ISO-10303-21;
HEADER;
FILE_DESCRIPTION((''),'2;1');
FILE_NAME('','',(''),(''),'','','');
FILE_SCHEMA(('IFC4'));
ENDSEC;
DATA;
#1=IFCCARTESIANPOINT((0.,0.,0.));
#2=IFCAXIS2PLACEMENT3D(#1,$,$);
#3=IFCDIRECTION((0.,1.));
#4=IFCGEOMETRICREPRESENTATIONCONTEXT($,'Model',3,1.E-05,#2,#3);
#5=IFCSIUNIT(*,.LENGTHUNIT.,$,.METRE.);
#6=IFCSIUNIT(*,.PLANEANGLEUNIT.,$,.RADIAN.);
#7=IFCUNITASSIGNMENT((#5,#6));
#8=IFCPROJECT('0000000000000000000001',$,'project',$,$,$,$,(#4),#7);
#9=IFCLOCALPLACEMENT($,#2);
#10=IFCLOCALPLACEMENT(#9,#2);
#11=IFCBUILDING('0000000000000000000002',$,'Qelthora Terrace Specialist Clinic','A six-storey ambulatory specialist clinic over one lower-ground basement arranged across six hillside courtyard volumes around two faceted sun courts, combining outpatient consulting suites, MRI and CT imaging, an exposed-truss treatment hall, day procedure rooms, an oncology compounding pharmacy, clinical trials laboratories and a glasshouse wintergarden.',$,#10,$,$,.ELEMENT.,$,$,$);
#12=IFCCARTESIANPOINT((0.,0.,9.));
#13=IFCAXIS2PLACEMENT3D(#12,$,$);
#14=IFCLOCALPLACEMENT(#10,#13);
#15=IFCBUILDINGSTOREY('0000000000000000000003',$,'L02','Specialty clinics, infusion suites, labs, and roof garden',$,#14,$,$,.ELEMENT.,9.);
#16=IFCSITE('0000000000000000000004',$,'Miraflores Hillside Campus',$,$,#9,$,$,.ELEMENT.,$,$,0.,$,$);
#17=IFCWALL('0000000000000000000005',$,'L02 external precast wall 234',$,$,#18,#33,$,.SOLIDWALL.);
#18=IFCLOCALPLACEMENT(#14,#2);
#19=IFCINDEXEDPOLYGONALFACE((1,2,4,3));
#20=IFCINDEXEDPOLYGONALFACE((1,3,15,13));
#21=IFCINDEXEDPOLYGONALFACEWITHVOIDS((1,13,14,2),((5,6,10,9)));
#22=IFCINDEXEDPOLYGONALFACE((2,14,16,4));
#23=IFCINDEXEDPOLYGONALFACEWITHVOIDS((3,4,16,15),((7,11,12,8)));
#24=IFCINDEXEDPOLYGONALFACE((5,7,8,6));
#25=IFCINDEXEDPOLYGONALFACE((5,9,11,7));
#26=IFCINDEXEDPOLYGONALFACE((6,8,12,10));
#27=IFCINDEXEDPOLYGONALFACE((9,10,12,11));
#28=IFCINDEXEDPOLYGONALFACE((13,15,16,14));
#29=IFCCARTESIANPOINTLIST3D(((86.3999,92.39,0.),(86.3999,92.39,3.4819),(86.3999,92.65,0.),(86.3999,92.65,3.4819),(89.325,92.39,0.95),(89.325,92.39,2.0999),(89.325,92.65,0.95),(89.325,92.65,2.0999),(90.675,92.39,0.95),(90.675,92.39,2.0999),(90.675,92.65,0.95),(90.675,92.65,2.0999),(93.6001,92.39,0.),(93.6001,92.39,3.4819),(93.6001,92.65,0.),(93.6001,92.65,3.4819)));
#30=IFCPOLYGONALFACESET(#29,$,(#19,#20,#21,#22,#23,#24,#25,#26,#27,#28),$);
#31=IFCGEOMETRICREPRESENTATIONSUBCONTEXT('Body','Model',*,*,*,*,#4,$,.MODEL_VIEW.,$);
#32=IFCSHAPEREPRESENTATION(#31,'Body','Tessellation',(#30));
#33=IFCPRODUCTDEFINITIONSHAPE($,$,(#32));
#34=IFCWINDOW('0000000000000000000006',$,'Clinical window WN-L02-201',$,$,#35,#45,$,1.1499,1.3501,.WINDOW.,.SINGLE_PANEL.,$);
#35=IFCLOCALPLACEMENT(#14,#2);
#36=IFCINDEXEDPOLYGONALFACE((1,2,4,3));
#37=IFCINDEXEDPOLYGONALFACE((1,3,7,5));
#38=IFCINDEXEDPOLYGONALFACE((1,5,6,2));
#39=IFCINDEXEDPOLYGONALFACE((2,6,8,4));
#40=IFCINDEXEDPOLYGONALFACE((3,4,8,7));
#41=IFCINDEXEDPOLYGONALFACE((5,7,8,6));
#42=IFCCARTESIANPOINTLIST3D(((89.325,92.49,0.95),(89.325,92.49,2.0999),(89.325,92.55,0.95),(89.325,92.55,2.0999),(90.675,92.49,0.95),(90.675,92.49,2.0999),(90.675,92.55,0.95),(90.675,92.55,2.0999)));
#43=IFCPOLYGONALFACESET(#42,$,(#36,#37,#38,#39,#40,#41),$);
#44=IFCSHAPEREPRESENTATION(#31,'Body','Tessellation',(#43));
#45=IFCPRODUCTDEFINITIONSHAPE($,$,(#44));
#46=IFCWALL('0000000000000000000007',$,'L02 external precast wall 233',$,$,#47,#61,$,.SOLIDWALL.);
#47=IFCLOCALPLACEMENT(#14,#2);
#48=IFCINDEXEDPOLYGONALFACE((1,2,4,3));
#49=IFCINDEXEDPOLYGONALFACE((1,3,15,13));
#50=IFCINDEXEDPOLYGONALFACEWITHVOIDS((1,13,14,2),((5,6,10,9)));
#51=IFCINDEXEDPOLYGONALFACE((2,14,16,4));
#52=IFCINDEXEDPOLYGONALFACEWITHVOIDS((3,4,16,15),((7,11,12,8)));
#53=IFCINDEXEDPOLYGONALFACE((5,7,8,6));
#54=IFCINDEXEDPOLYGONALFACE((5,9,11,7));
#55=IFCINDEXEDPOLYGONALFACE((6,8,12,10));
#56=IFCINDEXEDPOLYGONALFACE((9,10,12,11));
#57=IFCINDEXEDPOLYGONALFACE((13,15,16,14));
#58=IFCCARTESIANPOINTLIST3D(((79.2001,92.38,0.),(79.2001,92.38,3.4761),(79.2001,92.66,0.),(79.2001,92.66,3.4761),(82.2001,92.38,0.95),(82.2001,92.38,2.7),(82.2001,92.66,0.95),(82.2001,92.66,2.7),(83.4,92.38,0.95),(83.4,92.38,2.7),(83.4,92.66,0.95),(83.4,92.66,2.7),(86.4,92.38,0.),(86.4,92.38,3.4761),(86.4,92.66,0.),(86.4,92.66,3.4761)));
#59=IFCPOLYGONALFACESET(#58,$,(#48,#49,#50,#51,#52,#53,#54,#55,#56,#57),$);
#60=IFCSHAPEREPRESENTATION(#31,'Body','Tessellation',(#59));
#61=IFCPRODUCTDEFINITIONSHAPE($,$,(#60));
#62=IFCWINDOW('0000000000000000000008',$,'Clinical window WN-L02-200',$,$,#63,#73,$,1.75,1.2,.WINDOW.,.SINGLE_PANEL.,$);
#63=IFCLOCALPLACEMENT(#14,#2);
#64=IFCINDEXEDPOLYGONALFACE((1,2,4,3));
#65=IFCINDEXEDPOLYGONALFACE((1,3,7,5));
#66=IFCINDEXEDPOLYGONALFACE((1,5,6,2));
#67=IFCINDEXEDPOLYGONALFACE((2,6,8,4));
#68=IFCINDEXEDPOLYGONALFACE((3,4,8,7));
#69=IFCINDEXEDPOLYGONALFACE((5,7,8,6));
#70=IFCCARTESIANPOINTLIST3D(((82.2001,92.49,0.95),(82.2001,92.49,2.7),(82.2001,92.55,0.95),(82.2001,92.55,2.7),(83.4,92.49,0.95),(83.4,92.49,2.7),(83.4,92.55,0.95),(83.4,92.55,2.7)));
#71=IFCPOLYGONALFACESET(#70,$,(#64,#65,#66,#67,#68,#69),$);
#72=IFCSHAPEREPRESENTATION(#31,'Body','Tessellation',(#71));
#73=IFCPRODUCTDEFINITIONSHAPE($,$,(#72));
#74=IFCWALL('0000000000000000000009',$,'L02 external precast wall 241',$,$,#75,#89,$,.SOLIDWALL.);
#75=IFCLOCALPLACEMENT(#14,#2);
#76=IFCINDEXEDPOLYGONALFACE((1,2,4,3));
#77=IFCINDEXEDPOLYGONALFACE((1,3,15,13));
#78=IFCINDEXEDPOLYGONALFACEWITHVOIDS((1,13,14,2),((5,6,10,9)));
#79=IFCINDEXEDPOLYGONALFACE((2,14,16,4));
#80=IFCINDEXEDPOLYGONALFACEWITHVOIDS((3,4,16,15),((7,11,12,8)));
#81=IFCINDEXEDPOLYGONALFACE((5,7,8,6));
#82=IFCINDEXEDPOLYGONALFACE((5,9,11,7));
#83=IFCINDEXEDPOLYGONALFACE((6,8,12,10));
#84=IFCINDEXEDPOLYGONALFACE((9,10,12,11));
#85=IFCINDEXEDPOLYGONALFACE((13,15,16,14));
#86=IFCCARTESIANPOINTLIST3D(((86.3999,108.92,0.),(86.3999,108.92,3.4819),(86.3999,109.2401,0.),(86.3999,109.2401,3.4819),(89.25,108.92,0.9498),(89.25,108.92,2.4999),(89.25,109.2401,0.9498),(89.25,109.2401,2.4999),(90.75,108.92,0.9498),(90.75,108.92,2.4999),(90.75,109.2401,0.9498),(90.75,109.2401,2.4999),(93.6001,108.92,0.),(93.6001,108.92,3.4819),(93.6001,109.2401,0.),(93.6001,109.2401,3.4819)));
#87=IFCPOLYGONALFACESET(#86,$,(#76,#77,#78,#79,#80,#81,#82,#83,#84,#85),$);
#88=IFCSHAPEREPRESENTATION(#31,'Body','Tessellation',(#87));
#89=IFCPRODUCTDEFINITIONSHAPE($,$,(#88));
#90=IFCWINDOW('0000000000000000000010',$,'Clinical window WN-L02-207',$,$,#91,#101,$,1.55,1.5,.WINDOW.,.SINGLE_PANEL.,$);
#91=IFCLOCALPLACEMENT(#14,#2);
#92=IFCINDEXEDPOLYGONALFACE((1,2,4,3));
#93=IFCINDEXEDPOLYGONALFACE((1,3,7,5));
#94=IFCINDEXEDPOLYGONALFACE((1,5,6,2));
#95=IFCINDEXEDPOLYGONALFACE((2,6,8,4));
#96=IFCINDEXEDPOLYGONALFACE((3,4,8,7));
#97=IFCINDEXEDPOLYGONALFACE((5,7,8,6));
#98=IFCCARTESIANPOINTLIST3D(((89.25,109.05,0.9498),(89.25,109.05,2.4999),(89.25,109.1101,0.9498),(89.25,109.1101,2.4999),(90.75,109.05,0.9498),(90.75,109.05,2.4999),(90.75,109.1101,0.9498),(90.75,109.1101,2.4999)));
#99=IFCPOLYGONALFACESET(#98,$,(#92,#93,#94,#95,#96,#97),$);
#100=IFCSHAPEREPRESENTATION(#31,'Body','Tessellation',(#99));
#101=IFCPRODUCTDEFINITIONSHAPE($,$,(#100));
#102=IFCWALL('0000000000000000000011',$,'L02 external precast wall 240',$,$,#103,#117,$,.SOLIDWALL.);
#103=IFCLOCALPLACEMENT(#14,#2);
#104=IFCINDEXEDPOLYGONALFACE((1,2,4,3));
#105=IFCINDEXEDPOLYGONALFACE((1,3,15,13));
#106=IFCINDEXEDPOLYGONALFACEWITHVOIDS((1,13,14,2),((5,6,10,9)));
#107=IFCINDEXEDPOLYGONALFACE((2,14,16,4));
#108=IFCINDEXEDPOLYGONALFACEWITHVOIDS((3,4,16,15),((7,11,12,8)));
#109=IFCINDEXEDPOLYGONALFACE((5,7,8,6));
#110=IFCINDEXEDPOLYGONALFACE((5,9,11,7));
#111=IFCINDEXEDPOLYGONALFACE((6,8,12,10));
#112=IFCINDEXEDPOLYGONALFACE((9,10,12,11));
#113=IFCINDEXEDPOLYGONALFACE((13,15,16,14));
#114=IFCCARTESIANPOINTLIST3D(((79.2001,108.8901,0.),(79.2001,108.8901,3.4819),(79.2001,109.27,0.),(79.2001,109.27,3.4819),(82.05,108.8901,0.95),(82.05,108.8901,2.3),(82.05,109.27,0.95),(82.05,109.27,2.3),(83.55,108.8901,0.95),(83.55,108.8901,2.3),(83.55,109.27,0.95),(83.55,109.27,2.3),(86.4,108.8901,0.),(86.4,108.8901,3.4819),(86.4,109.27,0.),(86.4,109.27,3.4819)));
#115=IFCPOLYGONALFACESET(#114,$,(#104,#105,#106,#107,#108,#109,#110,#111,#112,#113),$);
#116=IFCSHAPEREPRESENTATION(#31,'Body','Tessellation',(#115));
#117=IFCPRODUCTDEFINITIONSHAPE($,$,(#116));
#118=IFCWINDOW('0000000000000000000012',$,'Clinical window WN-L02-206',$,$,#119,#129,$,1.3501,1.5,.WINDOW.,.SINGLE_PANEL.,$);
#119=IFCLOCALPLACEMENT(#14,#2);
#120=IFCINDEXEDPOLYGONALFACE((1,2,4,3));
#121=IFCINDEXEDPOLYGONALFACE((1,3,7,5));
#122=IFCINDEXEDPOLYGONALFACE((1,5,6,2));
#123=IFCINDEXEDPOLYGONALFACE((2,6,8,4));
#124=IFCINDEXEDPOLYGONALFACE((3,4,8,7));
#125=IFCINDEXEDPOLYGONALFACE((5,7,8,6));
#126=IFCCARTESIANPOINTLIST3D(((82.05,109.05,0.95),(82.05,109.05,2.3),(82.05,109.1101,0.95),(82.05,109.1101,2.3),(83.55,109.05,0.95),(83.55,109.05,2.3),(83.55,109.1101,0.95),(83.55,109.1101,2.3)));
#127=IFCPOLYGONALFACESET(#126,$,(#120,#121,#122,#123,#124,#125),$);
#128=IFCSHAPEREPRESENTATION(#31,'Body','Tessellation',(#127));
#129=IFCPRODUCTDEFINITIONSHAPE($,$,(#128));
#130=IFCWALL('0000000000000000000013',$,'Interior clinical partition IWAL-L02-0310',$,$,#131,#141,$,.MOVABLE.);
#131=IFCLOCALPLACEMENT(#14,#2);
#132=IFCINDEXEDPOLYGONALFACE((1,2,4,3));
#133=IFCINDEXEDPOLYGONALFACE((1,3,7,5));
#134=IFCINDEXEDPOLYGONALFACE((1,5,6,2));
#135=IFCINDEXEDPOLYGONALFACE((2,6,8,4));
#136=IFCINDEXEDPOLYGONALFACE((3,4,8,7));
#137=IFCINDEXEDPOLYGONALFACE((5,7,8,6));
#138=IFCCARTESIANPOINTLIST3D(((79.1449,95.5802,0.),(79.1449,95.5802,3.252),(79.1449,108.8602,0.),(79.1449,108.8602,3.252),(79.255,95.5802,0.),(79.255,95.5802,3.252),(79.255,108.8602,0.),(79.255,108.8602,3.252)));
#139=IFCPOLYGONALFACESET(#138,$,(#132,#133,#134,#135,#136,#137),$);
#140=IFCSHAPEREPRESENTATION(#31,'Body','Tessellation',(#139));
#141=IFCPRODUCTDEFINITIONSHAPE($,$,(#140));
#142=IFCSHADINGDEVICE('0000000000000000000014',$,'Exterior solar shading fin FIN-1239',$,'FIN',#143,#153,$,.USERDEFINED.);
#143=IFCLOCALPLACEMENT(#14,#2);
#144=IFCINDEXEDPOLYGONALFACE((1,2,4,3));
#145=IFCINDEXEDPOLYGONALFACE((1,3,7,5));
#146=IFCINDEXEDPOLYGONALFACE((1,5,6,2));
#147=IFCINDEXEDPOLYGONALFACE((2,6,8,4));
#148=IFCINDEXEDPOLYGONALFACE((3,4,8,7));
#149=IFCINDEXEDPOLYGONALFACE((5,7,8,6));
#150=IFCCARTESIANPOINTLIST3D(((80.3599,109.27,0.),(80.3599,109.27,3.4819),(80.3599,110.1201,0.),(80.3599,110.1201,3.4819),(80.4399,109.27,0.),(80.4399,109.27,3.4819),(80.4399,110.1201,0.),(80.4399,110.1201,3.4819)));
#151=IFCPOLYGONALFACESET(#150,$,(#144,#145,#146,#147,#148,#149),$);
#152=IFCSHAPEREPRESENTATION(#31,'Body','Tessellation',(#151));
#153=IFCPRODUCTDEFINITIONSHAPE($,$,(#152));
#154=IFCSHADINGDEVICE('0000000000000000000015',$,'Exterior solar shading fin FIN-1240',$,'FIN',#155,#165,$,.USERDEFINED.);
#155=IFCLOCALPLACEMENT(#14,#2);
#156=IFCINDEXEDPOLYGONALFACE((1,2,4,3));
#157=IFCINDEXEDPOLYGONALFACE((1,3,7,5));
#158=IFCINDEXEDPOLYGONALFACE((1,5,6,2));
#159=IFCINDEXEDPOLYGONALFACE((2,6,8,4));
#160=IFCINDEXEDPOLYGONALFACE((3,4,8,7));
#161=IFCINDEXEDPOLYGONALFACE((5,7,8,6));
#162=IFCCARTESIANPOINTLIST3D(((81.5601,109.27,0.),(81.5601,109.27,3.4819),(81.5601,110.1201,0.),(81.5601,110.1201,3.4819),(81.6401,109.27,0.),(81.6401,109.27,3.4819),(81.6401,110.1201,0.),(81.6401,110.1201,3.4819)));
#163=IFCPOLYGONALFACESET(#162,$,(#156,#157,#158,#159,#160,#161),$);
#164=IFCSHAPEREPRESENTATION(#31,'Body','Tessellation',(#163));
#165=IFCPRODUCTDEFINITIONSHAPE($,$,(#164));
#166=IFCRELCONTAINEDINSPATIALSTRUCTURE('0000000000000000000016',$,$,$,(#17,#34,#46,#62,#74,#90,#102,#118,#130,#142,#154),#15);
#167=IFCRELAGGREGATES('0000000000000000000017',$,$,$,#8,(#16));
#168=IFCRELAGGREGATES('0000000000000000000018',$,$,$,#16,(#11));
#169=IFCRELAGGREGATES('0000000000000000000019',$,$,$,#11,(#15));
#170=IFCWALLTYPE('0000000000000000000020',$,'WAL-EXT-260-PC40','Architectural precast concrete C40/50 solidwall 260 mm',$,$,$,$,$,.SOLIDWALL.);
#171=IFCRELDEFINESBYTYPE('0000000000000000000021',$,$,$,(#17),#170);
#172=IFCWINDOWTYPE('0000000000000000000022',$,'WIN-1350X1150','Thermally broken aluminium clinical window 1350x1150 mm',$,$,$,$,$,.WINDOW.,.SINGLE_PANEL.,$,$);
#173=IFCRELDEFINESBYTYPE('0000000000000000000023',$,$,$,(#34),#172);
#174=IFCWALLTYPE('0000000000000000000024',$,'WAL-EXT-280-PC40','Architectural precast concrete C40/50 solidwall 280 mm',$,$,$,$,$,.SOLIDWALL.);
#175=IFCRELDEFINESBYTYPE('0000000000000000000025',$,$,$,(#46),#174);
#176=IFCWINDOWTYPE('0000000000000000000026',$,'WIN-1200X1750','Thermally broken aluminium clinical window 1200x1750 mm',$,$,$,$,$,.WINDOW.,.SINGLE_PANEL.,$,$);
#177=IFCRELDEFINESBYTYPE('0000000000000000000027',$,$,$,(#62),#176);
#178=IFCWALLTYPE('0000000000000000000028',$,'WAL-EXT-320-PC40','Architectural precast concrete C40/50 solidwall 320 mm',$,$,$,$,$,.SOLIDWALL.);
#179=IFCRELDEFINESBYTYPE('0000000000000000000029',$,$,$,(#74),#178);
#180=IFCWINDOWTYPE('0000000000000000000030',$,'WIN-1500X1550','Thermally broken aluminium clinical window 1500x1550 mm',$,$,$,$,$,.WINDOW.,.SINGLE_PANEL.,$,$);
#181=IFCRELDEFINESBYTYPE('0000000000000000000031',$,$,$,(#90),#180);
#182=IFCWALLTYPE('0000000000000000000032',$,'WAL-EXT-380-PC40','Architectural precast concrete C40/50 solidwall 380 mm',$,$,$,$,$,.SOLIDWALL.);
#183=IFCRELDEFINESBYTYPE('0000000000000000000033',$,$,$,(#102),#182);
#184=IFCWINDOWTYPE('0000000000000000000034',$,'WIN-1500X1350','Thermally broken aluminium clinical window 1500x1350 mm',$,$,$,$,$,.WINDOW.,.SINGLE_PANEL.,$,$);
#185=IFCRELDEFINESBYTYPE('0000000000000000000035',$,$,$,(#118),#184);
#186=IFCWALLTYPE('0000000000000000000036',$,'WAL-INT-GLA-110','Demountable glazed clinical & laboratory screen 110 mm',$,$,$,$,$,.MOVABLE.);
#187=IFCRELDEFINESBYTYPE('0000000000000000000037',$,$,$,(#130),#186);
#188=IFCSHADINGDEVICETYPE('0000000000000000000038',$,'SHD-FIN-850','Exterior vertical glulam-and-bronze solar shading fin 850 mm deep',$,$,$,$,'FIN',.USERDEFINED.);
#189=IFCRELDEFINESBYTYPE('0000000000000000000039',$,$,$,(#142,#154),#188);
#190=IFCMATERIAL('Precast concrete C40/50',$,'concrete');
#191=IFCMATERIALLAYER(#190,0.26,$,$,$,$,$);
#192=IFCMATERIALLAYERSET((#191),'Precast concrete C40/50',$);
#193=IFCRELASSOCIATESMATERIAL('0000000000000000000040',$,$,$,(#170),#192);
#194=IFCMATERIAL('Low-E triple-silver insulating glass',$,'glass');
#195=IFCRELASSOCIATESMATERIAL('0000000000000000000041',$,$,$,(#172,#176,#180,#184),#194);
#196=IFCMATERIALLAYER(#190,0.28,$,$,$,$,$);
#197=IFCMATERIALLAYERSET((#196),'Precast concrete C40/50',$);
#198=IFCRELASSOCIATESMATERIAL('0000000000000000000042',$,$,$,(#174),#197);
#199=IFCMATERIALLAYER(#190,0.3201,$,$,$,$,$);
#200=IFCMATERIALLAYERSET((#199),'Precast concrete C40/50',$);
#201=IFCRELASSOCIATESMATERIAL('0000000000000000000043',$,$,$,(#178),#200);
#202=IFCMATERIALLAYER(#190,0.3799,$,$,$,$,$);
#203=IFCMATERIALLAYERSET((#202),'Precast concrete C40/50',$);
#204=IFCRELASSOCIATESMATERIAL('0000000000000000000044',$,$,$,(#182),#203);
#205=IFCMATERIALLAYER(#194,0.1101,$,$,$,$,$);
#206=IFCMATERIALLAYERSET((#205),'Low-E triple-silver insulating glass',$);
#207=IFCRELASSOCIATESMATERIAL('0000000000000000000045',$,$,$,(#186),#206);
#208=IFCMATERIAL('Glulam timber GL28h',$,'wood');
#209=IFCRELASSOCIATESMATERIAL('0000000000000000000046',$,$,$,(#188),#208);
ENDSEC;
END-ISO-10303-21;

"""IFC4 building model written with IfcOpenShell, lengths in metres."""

from ifc_helpers import new_model, si_unit, direction, frame, frame_2d, origin, origin_2d, place, context, subcontext, project, spatial, rectangle, extrude, material, layer, layer_set, type_object, element, fill, save


model = new_model("IFC4")

# Units and contexts
model_context = context("Model", 3, precision=1e-05, world=origin(), true_north=direction((0.0, 1.0)))
body_context = subcontext(model_context, "Body", "Model", "MODEL_VIEW")
ifc_project = project(units=[si_unit("LENGTHUNIT", "METRE"), si_unit("PLANEANGLEUNIT", "RADIAN")], contexts=[model_context])

# Site, building, storey
site_placement = place(None, origin())
site = spatial("IfcSite", under=ifc_project, at=site_placement, Name="Miraflores Hillside Campus", CompositionType="ELEMENT", RefElevation=0.0)
building_placement = place(site_placement, origin())
building = spatial("IfcBuilding", under=site, at=building_placement, Name="Qelthora Terrace Specialist Clinic", Description="A six-storey ambulatory specialist clinic over one lower-ground basement arranged across six hillside courtyard volumes around two faceted sun courts, combining outpatient consulting suites, MRI and CT imaging, an exposed-truss treatment hall, day procedure rooms, an oncology compounding pharmacy, clinical trials laboratories and a glasshouse wintergarden.", CompositionType="ELEMENT")
storey_placement = place(building_placement, frame((0.0, 0.0, 9.0)))
storey = spatial("IfcBuildingStorey", under=building, at=storey_placement, Name="L02", Description="Specialty clinics, infusion suites, labs, and roof garden", CompositionType="ELEMENT", Elevation=9.0)

# Walls, openings, windows
ifc_material_1 = material(Name="Precast concrete C40/50", Category="concrete")
ifc_layer_1 = layer(ifc_material_1, 0.26)
ifc_layer_set_1 = layer_set([ifc_layer_1], Name="Precast concrete C40/50")
wall_type_1 = type_object("IfcWallType", Name="WAL-EXT-260-PC40", Description="Architectural precast concrete C40/50 solidwall 260 mm", PredefinedType="SOLIDWALL", material=ifc_layer_set_1)
wall_1_placement = place(storey_placement, frame((86.3999, 92.52, 0.0), z_axis=(0.0, 0.0, 1.0), x_axis=(1.0, 0.0, 0.0)))
wall_1 = element("IfcWall", 1, at=wall_1_placement, inside=storey, type_object=wall_type_1, Name="L02 external precast wall 234", PredefinedType="SOLIDWALL", context=body_context, shape_type="SweptSolid", body=[
    extrude(rectangle(XDim=7.2002, YDim=0.26, at=frame_2d((3.6001, 0.0))), origin(), (0.0, 0.0, 1.0), 3.4819),
])
opening_1_placement = place(wall_1_placement, frame((2.925, 0.0, 0.95)))
opening_1 = element("IfcOpeningElement", 2, at=opening_1_placement, cuts=wall_1, PredefinedType="OPENING", context=body_context, shape_type="SweptSolid", body=[
    extrude(rectangle(XDim=1.3501, YDim=1.1499, at=frame_2d((0.675, 0.575))), frame((0.0, 0.1399, 0.0), z_axis=(0.0, -1.0, 0.0), x_axis=(1.0, 0.0, 0.0)), (0.0, 0.0, 1.0), 0.28),
])
ifc_material_2 = material(Name="Low-E triple-silver insulating glass", Category="glass")
window_type_1 = type_object("IfcWindowType", Name="WIN-1350X1150", Description="Thermally broken aluminium clinical window 1350x1150 mm", PartitioningType="SINGLE_PANEL", PredefinedType="WINDOW", material=ifc_material_2)
window_1_placement = place(opening_1_placement, origin())
window_1 = element("IfcWindow", 3, at=window_1_placement, inside=storey, type_object=window_type_1, Name="Clinical window WN-L02-201", OverallHeight=1.1499, OverallWidth=1.3501, PartitioningType="SINGLE_PANEL", PredefinedType="WINDOW", context=body_context, shape_type="SweptSolid", body=[
    extrude(rectangle(XDim=1.3501, YDim=1.1499, at=frame_2d((0.675, 0.575))), frame((0.0, 0.03, 0.0), z_axis=(0.0, -1.0, 0.0), x_axis=(1.0, 0.0, 0.0)), (0.0, 0.0, 1.0), 0.0601),
])
fill(opening_1, window_1)
ifc_layer_2 = layer(ifc_material_1, 0.28)
ifc_layer_set_2 = layer_set([ifc_layer_2], Name="Precast concrete C40/50")
wall_type_2 = type_object("IfcWallType", Name="WAL-EXT-280-PC40", Description="Architectural precast concrete C40/50 solidwall 280 mm", PredefinedType="SOLIDWALL", material=ifc_layer_set_2)
wall_2_placement = place(storey_placement, frame((79.2, 92.52, 0.0), z_axis=(0.0, 0.0, 1.0), x_axis=(1.0, 0.0, 0.0)))
wall_2 = element("IfcWall", 4, at=wall_2_placement, inside=storey, type_object=wall_type_2, Name="L02 external precast wall 233", PredefinedType="SOLIDWALL", context=body_context, shape_type="SweptSolid", body=[
    extrude(rectangle(XDim=7.2, YDim=0.28, at=frame_2d((3.6001, 0.0))), origin(), (0.0, 0.0, 1.0), 3.4761),
])
opening_2_placement = place(wall_2_placement, frame((3.0, 0.0, 0.95)))
opening_2 = element("IfcOpeningElement", 5, at=opening_2_placement, cuts=wall_2, PredefinedType="OPENING", context=body_context, shape_type="SweptSolid", body=[
    extrude(rectangle(XDim=1.2, YDim=1.75, at=frame_2d((0.6001, 0.875))), frame((0.0, 0.1499, 0.0), z_axis=(0.0, -1.0, 0.0), x_axis=(1.0, 0.0, 0.0)), (0.0, 0.0, 1.0), 0.3),
])
window_type_2 = type_object("IfcWindowType", Name="WIN-1200X1750", Description="Thermally broken aluminium clinical window 1200x1750 mm", PartitioningType="SINGLE_PANEL", PredefinedType="WINDOW", material=ifc_material_2)
window_2_placement = place(opening_2_placement, origin())
window_2 = element("IfcWindow", 6, at=window_2_placement, inside=storey, type_object=window_type_2, Name="Clinical window WN-L02-200", OverallHeight=1.75, OverallWidth=1.2, PartitioningType="SINGLE_PANEL", PredefinedType="WINDOW", context=body_context, shape_type="SweptSolid", body=[
    extrude(rectangle(XDim=1.2, YDim=1.75, at=frame_2d((0.6001, 0.875))), frame((0.0, 0.03, 0.0), z_axis=(0.0, -1.0, 0.0), x_axis=(1.0, 0.0, 0.0)), (0.0, 0.0, 1.0), 0.0601),
])
fill(opening_2, window_2)
ifc_layer_3 = layer(ifc_material_1, 0.3201)
ifc_layer_set_3 = layer_set([ifc_layer_3], Name="Precast concrete C40/50")
wall_type_3 = type_object("IfcWallType", Name="WAL-EXT-320-PC40", Description="Architectural precast concrete C40/50 solidwall 320 mm", PredefinedType="SOLIDWALL", material=ifc_layer_set_3)
wall_3_placement = place(storey_placement, frame((86.3999, 109.0801, 0.0), z_axis=(0.0, 0.0, 1.0), x_axis=(1.0, 0.0, 0.0)))
wall_3 = element("IfcWall", 7, at=wall_3_placement, inside=storey, type_object=wall_type_3, Name="L02 external precast wall 241", PredefinedType="SOLIDWALL", context=body_context, shape_type="SweptSolid", body=[
    extrude(rectangle(XDim=7.2002, YDim=0.3201, at=frame_2d((3.6001, 0.0))), origin(), (0.0, 0.0, 1.0), 3.4819),
])
opening_3_placement = place(wall_3_placement, frame((2.8501, 0.0, 0.95)))
opening_3 = element("IfcOpeningElement", 8, at=opening_3_placement, cuts=wall_3, PredefinedType="OPENING", context=body_context, shape_type="SweptSolid", body=[
    extrude(rectangle(XDim=1.5, YDim=1.55, at=frame_2d((0.75, 0.7749))), frame((0.0, 0.1699, 0.0), z_axis=(0.0, -1.0, 0.0), x_axis=(1.0, 0.0, 0.0)), (0.0, 0.0, 1.0), 0.3401),
])
window_type_3 = type_object("IfcWindowType", Name="WIN-1500X1550", Description="Thermally broken aluminium clinical window 1500x1550 mm", PartitioningType="SINGLE_PANEL", PredefinedType="WINDOW", material=ifc_material_2)
window_3_placement = place(opening_3_placement, origin())
window_3 = element("IfcWindow", 9, at=window_3_placement, inside=storey, type_object=window_type_3, Name="Clinical window WN-L02-207", OverallHeight=1.55, OverallWidth=1.5, PartitioningType="SINGLE_PANEL", PredefinedType="WINDOW", context=body_context, shape_type="SweptSolid", body=[
    extrude(rectangle(XDim=1.5, YDim=1.55, at=frame_2d((0.75, 0.7749))), frame((0.0, 0.03, 0.0), z_axis=(0.0, -1.0, 0.0), x_axis=(1.0, 0.0, 0.0)), (0.0, 0.0, 1.0), 0.0601),
])
fill(opening_3, window_3)
ifc_layer_4 = layer(ifc_material_1, 0.3799)
ifc_layer_set_4 = layer_set([ifc_layer_4], Name="Precast concrete C40/50")
wall_type_4 = type_object("IfcWallType", Name="WAL-EXT-380-PC40", Description="Architectural precast concrete C40/50 solidwall 380 mm", PredefinedType="SOLIDWALL", material=ifc_layer_set_4)
wall_4_placement = place(storey_placement, frame((79.2, 109.0801, 0.0), z_axis=(0.0, 0.0, 1.0), x_axis=(1.0, 0.0, 0.0)))
wall_4 = element("IfcWall", 10, at=wall_4_placement, inside=storey, type_object=wall_type_4, Name="L02 external precast wall 240", PredefinedType="SOLIDWALL", context=body_context, shape_type="SweptSolid", body=[
    extrude(rectangle(XDim=7.2, YDim=0.3799, at=frame_2d((3.6001, 0.0))), origin(), (0.0, 0.0, 1.0), 3.4819),
])
opening_4_placement = place(wall_4_placement, frame((2.8501, 0.0, 0.95)))
opening_4 = element("IfcOpeningElement", 11, at=opening_4_placement, cuts=wall_4, PredefinedType="OPENING", context=body_context, shape_type="SweptSolid", body=[
    extrude(rectangle(XDim=1.5, YDim=1.3501, at=frame_2d((0.75, 0.675))), frame((0.0, 0.2, 0.0), z_axis=(0.0, -1.0, 0.0), x_axis=(1.0, 0.0, 0.0)), (0.0, 0.0, 1.0), 0.3999),
])
window_type_4 = type_object("IfcWindowType", Name="WIN-1500X1350", Description="Thermally broken aluminium clinical window 1500x1350 mm", PartitioningType="SINGLE_PANEL", PredefinedType="WINDOW", material=ifc_material_2)
window_4_placement = place(opening_4_placement, origin())
window_4 = element("IfcWindow", 12, at=window_4_placement, inside=storey, type_object=window_type_4, Name="Clinical window WN-L02-206", OverallHeight=1.3501, OverallWidth=1.5, PartitioningType="SINGLE_PANEL", PredefinedType="WINDOW", context=body_context, shape_type="SweptSolid", body=[
    extrude(rectangle(XDim=1.5, YDim=1.3501, at=frame_2d((0.75, 0.675))), frame((0.0, 0.03, 0.0), z_axis=(0.0, -1.0, 0.0), x_axis=(1.0, 0.0, 0.0)), (0.0, 0.0, 1.0), 0.0601),
])
fill(opening_4, window_4)

# Wall
ifc_layer_5 = layer(ifc_material_2, 0.1101)
ifc_layer_set_5 = layer_set([ifc_layer_5], Name="Low-E triple-silver insulating glass")
wall_type_5 = type_object("IfcWallType", Name="WAL-INT-GLA-110", Description="Demountable glazed clinical & laboratory screen 110 mm", PredefinedType="MOVABLE", material=ifc_layer_set_5)
wall_5_placement = place(storey_placement, frame((79.2, 95.5801, 0.0), z_axis=(0.0, 0.0, 1.0), x_axis=(0.0, 1.0, 0.0)))
element("IfcWall", 13, at=wall_5_placement, inside=storey, type_object=wall_type_5, Name="Interior clinical partition IWAL-L02-0310", PredefinedType="MOVABLE", context=body_context, shape_type="SweptSolid", body=[
    extrude(rectangle(XDim=13.28, YDim=0.1101, at=frame_2d((6.6401, 0.0))), origin(), (0.0, 0.0, 1.0), 3.252),
])

# Shading devices
ifc_material_3 = material(Name="Glulam timber GL28h", Category="wood")
shading_device_type = type_object("IfcShadingDeviceType", Name="SHD-FIN-850", Description="Exterior vertical glulam-and-bronze solar shading fin 850 mm deep", ElementType="FIN", PredefinedType="USERDEFINED", material=ifc_material_3)
for number, where, z_axis, x_axis, name in (
    (14, (80.3999, 109.6951, 0.0), (0.0, 0.0, 1.0), (0.0, 1.0, 0.0), "Exterior solar shading fin FIN-1239"),
    (15, (81.6001, 109.6951, 0.0), (0.0, 0.0, 1.0), (0.0, 1.0, 0.0), "Exterior solar shading fin FIN-1240"),
):
    element("IfcShadingDevice", number, at=place(storey_placement, frame(where, z_axis=z_axis, x_axis=x_axis)), inside=storey, type_object=shading_device_type, Name=name, ObjectType="FIN", PredefinedType="USERDEFINED", context=body_context, shape_type="SweptSolid", body=[
        extrude(rectangle(XDim=0.8501, YDim=0.0801, at=origin_2d()), origin(), (0.0, 0.0, 1.0), 3.4819),
    ])

save(model, "model.ifc")
